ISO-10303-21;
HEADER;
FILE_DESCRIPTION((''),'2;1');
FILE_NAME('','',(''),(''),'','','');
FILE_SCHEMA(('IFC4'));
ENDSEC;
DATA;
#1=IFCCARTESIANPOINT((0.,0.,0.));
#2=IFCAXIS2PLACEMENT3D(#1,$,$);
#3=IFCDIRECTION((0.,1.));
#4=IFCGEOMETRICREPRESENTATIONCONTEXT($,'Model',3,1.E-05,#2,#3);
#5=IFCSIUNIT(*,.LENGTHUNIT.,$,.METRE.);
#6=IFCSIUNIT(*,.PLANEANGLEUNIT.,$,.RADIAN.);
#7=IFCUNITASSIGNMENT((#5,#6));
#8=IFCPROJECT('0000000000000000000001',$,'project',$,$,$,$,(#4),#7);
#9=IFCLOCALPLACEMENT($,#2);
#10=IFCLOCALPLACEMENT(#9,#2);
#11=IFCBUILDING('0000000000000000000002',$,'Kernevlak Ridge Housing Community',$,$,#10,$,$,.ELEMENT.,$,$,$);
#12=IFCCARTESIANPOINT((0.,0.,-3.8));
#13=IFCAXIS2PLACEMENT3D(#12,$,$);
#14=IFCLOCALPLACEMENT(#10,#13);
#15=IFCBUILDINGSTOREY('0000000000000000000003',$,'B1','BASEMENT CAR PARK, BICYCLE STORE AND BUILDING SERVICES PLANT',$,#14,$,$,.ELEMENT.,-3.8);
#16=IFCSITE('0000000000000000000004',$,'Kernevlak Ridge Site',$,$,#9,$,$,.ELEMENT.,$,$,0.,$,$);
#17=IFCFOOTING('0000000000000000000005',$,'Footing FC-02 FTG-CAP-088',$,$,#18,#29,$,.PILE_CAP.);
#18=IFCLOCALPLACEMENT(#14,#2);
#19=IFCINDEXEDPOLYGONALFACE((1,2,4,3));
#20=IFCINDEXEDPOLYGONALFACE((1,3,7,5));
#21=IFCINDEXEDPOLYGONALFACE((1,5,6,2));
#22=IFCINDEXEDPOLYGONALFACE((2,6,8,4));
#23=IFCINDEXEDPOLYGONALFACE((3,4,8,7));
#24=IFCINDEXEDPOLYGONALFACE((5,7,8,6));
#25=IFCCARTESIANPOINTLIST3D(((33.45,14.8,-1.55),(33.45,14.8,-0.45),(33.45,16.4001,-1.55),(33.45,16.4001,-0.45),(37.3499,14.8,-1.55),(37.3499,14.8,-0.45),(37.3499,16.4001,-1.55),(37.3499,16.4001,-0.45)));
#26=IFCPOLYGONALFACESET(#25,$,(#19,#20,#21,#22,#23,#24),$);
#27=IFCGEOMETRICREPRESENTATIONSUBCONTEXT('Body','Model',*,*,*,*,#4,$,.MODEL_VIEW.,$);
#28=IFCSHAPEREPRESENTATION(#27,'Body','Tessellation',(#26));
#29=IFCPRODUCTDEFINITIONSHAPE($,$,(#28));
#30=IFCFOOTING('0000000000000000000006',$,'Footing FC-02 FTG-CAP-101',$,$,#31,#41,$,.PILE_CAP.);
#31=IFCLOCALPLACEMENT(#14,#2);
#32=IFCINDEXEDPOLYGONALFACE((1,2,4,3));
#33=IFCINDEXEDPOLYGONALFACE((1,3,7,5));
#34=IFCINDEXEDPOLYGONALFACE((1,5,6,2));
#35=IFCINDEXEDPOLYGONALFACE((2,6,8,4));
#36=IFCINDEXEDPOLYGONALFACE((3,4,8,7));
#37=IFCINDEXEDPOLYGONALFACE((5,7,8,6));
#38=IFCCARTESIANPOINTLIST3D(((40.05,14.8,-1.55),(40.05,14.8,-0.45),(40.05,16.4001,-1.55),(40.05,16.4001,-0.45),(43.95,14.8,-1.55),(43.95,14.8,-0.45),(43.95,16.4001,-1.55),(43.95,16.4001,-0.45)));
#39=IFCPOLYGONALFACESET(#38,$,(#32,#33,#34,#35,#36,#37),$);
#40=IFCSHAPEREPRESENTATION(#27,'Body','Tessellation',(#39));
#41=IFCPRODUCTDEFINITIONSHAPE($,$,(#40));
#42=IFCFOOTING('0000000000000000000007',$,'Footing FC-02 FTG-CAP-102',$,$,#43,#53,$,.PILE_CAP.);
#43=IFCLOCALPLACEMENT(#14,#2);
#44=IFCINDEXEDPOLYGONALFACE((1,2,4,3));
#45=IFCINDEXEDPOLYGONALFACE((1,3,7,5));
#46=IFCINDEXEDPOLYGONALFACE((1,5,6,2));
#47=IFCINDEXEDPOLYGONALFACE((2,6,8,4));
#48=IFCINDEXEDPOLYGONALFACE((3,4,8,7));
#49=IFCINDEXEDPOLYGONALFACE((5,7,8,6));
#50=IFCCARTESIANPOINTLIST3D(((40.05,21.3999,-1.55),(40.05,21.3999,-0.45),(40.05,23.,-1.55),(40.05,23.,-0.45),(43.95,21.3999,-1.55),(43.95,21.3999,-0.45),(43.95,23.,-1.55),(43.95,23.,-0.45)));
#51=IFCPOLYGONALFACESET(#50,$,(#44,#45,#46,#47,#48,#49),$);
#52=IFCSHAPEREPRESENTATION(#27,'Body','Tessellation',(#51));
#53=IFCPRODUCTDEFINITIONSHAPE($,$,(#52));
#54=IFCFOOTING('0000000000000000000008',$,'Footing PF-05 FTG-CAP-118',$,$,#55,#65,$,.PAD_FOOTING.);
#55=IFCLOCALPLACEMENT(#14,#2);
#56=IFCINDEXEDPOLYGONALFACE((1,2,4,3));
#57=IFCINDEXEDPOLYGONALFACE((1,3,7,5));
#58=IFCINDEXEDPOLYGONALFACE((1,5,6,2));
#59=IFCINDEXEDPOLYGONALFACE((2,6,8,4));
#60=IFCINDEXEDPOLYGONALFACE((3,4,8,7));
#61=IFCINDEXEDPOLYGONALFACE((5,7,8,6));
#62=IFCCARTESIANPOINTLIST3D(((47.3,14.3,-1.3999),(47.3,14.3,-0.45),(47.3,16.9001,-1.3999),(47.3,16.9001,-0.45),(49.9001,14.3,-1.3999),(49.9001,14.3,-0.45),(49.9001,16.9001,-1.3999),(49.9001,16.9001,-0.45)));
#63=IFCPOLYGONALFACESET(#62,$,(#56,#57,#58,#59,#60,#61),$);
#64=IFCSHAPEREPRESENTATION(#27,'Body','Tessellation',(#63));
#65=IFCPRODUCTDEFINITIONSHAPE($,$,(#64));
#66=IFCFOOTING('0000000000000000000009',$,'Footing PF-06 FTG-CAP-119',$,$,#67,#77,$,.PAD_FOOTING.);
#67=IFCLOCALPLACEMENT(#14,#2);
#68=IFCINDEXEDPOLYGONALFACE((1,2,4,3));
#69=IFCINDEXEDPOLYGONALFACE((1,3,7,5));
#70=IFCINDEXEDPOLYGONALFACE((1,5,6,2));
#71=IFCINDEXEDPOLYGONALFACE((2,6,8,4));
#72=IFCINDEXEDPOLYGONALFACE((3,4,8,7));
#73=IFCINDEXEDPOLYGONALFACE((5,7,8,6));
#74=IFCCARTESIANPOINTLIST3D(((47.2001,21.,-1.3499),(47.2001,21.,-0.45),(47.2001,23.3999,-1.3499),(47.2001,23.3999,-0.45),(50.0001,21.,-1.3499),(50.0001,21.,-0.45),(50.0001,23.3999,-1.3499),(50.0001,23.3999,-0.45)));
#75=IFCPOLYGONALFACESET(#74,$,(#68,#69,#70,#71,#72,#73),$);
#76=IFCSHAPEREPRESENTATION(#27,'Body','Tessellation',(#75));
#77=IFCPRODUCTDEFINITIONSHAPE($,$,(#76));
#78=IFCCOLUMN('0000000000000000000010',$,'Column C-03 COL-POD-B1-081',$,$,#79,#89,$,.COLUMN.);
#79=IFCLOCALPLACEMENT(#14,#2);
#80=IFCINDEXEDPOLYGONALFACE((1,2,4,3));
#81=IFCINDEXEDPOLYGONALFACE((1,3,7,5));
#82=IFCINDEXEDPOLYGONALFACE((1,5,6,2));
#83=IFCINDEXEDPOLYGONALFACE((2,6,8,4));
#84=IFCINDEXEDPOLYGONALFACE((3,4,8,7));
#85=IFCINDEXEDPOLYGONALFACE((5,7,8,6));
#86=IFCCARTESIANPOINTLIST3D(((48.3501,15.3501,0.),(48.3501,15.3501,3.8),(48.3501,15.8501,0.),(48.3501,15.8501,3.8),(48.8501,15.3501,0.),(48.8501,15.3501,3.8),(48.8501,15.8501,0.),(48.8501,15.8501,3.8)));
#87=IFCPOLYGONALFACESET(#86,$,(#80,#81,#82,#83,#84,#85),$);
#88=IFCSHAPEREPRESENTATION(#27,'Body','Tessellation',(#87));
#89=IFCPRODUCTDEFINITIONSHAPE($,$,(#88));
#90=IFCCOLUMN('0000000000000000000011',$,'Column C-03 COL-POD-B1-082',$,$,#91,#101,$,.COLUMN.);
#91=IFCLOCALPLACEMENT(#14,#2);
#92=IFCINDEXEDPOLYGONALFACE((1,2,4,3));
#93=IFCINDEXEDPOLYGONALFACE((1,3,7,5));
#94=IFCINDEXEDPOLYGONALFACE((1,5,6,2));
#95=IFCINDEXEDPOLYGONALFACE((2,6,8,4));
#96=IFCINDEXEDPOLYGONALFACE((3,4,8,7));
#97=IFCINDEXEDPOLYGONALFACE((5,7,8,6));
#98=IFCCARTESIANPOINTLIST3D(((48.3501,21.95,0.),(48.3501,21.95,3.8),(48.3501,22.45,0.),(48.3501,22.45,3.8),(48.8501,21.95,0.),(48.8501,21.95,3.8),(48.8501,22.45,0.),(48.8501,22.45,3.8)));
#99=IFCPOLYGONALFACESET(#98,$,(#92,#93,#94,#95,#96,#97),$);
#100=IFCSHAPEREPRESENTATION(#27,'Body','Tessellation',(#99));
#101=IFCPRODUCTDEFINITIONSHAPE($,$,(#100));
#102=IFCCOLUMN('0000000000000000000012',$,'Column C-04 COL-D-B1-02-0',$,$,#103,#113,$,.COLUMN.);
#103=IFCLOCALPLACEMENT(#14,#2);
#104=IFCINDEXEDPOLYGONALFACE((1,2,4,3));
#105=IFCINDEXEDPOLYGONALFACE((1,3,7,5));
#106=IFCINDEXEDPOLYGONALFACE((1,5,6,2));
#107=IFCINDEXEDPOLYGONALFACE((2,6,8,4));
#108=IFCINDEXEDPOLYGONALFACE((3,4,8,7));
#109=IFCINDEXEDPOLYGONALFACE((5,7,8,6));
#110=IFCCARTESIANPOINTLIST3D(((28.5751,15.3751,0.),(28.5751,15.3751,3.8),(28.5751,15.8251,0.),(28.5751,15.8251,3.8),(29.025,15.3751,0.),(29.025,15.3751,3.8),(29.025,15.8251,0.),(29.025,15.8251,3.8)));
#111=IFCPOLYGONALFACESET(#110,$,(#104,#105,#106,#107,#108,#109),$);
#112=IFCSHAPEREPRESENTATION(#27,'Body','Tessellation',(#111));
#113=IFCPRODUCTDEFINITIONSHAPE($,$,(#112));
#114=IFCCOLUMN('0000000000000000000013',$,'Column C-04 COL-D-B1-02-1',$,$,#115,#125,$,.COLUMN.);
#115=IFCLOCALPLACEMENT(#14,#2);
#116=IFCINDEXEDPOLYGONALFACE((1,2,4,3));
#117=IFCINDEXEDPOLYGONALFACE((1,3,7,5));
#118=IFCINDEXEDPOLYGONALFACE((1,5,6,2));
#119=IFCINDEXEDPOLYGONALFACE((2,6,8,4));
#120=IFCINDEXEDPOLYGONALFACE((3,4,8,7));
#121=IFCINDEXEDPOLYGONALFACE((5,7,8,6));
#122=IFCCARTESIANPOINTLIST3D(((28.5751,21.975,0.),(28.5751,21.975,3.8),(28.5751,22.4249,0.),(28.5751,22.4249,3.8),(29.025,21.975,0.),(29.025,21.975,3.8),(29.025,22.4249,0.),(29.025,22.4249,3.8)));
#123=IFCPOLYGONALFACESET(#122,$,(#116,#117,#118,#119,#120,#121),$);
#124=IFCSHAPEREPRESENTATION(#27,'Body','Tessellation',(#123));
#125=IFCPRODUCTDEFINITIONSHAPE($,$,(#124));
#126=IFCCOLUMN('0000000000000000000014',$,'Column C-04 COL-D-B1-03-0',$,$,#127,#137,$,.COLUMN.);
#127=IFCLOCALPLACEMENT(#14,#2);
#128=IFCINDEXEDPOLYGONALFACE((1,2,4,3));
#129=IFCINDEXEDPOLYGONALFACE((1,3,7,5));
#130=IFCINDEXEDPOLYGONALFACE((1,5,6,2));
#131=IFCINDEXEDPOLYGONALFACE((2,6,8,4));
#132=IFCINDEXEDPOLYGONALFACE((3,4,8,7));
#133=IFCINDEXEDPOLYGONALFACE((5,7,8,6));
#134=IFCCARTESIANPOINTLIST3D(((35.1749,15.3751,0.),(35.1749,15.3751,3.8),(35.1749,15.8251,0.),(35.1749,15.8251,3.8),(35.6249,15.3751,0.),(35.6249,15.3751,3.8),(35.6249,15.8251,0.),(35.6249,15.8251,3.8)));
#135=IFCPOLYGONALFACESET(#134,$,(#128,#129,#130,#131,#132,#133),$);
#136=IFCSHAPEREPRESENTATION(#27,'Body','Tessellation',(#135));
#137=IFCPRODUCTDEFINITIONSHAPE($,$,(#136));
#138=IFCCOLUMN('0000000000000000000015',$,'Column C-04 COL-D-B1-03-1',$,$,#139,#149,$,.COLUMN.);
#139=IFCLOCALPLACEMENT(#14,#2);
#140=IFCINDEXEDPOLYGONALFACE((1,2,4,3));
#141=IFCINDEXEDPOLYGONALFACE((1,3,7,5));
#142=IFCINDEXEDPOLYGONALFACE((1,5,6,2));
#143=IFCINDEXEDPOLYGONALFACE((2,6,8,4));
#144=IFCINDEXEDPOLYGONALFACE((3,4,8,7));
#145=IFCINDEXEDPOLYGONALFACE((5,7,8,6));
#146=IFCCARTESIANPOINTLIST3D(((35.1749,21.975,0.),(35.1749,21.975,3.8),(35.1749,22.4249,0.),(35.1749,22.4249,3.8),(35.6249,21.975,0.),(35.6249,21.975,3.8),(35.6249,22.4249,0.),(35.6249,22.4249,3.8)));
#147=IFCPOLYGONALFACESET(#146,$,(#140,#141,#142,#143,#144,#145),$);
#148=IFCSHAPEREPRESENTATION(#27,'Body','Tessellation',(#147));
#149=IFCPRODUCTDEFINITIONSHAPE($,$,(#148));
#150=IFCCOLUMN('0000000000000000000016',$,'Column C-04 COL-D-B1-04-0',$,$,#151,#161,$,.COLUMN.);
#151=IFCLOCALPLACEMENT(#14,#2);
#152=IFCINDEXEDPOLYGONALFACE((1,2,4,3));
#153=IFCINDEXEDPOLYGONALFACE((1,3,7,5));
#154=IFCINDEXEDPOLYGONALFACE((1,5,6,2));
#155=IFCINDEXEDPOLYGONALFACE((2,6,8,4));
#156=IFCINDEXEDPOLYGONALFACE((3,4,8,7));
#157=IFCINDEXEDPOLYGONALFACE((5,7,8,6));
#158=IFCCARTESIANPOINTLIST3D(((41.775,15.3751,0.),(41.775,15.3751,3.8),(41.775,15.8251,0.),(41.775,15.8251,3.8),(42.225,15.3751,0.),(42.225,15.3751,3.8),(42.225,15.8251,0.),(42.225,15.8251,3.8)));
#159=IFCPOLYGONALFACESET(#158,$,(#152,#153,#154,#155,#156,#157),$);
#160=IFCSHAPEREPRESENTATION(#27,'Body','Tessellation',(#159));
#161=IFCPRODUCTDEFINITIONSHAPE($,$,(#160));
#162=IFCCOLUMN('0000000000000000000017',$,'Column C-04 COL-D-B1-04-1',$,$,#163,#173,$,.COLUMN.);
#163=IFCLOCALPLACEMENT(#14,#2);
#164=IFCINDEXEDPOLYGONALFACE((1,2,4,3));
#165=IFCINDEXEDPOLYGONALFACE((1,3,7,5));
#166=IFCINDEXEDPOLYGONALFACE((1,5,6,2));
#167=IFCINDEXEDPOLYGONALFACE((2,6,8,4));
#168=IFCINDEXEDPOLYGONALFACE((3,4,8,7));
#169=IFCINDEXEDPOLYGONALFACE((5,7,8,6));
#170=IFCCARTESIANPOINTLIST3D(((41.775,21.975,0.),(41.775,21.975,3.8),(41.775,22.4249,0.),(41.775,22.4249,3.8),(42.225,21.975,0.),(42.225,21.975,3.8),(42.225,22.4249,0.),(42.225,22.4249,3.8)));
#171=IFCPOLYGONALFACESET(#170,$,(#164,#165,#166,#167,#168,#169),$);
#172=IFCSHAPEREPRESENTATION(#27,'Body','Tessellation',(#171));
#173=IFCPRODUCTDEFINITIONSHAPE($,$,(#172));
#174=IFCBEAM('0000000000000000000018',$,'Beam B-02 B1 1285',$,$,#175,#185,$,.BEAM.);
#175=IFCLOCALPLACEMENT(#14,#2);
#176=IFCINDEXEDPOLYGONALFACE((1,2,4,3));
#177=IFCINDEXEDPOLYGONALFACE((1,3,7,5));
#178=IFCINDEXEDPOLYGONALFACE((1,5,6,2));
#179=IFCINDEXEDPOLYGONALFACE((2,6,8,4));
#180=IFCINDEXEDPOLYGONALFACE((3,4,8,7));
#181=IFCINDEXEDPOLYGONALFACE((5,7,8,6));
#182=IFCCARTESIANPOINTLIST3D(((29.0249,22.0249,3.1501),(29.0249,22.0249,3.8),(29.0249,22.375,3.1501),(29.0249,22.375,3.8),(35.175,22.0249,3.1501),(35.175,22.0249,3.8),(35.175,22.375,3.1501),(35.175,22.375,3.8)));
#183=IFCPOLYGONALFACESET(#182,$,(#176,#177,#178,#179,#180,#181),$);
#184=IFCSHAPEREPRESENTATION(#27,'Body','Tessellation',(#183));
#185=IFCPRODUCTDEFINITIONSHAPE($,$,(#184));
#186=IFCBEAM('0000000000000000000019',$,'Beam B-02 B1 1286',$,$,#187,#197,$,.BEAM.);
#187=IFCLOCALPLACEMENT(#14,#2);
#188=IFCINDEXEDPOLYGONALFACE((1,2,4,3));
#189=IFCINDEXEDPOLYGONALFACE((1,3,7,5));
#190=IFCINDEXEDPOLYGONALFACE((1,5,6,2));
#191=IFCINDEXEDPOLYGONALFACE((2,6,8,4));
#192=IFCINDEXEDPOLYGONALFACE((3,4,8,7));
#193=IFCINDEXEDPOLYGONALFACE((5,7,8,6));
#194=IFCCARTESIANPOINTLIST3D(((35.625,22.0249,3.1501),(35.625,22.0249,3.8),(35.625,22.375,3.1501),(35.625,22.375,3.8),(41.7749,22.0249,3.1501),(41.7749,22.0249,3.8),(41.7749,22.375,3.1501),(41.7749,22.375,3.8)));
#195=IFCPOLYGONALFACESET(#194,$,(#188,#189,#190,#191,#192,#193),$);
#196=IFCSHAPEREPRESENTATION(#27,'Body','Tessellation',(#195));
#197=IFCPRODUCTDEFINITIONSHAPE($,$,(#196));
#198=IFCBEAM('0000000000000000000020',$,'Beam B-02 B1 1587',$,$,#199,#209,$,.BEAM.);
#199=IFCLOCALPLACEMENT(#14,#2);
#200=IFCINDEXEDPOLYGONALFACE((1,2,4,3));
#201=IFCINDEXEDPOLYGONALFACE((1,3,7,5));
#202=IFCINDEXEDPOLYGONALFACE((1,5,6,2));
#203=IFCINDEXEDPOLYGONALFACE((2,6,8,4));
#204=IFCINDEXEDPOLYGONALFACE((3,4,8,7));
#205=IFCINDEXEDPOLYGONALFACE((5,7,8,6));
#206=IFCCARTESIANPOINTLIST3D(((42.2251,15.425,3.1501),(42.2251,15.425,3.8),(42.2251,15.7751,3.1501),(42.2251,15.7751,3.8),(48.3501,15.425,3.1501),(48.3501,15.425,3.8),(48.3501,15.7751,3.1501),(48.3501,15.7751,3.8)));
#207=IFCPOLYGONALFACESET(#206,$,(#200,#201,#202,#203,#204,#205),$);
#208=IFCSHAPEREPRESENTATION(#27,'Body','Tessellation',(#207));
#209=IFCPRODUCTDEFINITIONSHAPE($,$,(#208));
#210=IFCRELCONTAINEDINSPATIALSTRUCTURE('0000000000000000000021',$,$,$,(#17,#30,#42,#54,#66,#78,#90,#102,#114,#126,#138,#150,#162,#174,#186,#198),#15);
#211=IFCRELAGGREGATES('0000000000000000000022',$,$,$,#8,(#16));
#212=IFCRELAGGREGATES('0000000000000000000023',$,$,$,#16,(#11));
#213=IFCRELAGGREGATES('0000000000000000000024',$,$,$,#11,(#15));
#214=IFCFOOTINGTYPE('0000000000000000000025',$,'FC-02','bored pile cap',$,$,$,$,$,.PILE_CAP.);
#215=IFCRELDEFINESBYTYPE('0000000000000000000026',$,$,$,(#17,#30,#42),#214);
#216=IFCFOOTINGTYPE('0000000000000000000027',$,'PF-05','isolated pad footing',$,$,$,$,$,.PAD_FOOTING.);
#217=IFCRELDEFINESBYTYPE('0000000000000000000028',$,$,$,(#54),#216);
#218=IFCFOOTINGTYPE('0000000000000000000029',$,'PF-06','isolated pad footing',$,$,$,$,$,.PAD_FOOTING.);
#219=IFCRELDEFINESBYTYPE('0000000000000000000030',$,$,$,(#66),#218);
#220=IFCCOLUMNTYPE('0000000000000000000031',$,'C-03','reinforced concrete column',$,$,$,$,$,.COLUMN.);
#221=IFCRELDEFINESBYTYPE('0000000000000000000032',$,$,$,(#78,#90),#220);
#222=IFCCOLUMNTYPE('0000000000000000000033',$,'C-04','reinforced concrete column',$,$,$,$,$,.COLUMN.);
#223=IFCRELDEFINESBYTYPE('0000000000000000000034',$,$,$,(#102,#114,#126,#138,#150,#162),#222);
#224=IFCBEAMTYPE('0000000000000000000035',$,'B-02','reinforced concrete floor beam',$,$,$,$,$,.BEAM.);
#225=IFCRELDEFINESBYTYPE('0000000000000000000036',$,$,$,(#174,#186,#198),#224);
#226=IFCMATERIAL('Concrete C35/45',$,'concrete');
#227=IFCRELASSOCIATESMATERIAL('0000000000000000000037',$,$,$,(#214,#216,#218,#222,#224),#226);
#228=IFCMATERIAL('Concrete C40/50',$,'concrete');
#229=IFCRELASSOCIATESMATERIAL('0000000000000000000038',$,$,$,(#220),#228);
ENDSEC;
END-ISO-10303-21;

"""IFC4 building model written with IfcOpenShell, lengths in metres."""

from ifc_helpers import new_model, si_unit, direction, frame, origin, origin_2d, place, context, subcontext, project, spatial, rectangle, extrude, material, material_profile, profile_set, type_object, element, save


model = new_model("IFC4")

# Units and contexts
model_context = context("Model", 3, precision=1e-05, world=origin(), true_north=direction((0.0, 1.0)))
body_context = subcontext(model_context, "Body", "Model", "MODEL_VIEW")
ifc_project = project(units=[si_unit("LENGTHUNIT", "METRE"), si_unit("PLANEANGLEUNIT", "RADIAN")], contexts=[model_context])

# Site, building, storey
site_placement = place(None, origin())
site = spatial("IfcSite", under=ifc_project, at=site_placement, Name="Kernevlak Ridge Site", CompositionType="ELEMENT", RefElevation=0.0)
building_placement = place(site_placement, origin())
building = spatial("IfcBuilding", under=site, at=building_placement, Name="Kernevlak Ridge Housing Community", CompositionType="ELEMENT")
storey_placement = place(building_placement, frame((0.0, 0.0, -3.8)))
storey = spatial("IfcBuildingStorey", under=building, at=storey_placement, Name="B1", Description="BASEMENT CAR PARK, BICYCLE STORE AND BUILDING SERVICES PLANT", CompositionType="ELEMENT", Elevation=-3.8)

# Shared definitions
ifc_material_1 = material(Name="Concrete C35/45", Category="concrete")

# Footings
footing_type_1 = type_object("IfcFootingType", Name="FC-02", Description="bored pile cap", PredefinedType="PILE_CAP", material=ifc_material_1)
for number, where, z_axis, x_axis, name in (
    (1, (35.3999, 15.6001, -1.55), (0.0, 0.0, 1.0), (1.0, 0.0, 0.0), "Footing FC-02 FTG-CAP-088"),
    (2, (42.0, 15.6001, -1.55), (0.0, 0.0, 1.0), (1.0, 0.0, 0.0), "Footing FC-02 FTG-CAP-101"),
    (3, (42.0, 22.2, -1.55), (0.0, 0.0, 1.0), (1.0, 0.0, 0.0), "Footing FC-02 FTG-CAP-102"),
):
    element("IfcFooting", number, at=place(storey_placement, frame(where, z_axis=z_axis, x_axis=x_axis)), inside=storey, type_object=footing_type_1, Name=name, PredefinedType="PILE_CAP", context=body_context, shape_type="SweptSolid", body=[
        extrude(rectangle(XDim=3.8999, YDim=1.6001, at=origin_2d()), origin(), (0.0, 0.0, 1.0), 1.1001),
    ])
footing_type_2 = type_object("IfcFootingType", Name="PF-05", Description="isolated pad footing", PredefinedType="PAD_FOOTING", material=ifc_material_1)
footing_1_placement = place(storey_placement, frame((48.6001, 15.6001, -1.3999), z_axis=(0.0, 0.0, 1.0), x_axis=(1.0, 0.0, 0.0)))
element("IfcFooting", 4, at=footing_1_placement, inside=storey, type_object=footing_type_2, Name="Footing PF-05 FTG-CAP-118", PredefinedType="PAD_FOOTING", context=body_context, shape_type="SweptSolid", body=[
    extrude(rectangle(XDim=2.6001, YDim=2.6001, at=origin_2d()), origin(), (0.0, 0.0, 1.0), 0.95),
])
footing_type_3 = type_object("IfcFootingType", Name="PF-06", Description="isolated pad footing", PredefinedType="PAD_FOOTING", material=ifc_material_1)
footing_2_placement = place(storey_placement, frame((48.6001, 22.2, -1.3499), z_axis=(0.0, 0.0, 1.0), x_axis=(1.0, 0.0, 0.0)))
element("IfcFooting", 5, at=footing_2_placement, inside=storey, type_object=footing_type_3, Name="Footing PF-06 FTG-CAP-119", PredefinedType="PAD_FOOTING", context=body_context, shape_type="SweptSolid", body=[
    extrude(rectangle(XDim=2.8, YDim=2.3999, at=origin_2d()), origin(), (0.0, 0.0, 1.0), 0.8999),
])

# Columns
ifc_material_2 = material(Name="Concrete C40/50", Category="concrete")
ifc_material_profile_1 = material_profile(ifc_material_2, rectangle(XDim=0.5, YDim=0.5, at=origin_2d()), Name="RC 500x500")
ifc_profile_set_1 = profile_set([ifc_material_profile_1], Name="Concrete C40/50")
column_type_1 = type_object("IfcColumnType", Name="C-03", Description="reinforced concrete column", PredefinedType="COLUMN", material=ifc_profile_set_1)
for number, where, z_axis, x_axis, name in (
    (6, (48.6001, 15.6001, 0.0), (0.0, 0.0, 1.0), (1.0, 0.0, 0.0), "Column C-03 COL-POD-B1-081"),
    (7, (48.6001, 22.2, 0.0), (0.0, 0.0, 1.0), (1.0, 0.0, 0.0), "Column C-03 COL-POD-B1-082"),
):
    element("IfcColumn", number, at=place(storey_placement, frame(where, z_axis=z_axis, x_axis=x_axis)), inside=storey, type_object=column_type_1, Name=name, PredefinedType="COLUMN", context=body_context, shape_type="SweptSolid", body=[
        extrude(rectangle(XDim=0.5, YDim=0.5, at=origin_2d()), origin(), (0.0, 0.0, 1.0), 3.8),
    ])
ifc_material_profile_2 = material_profile(ifc_material_1, rectangle(XDim=0.45, YDim=0.45, at=origin_2d()), Name="RC 450x450")
ifc_profile_set_2 = profile_set([ifc_material_profile_2], Name="Concrete C35/45")
column_type_2 = type_object("IfcColumnType", Name="C-04", Description="reinforced concrete column", PredefinedType="COLUMN", material=ifc_profile_set_2)
for number, where, z_axis, x_axis, name in (
    (8, (28.8, 15.6001, 0.0), (0.0, 0.0, 1.0), (1.0, 0.0, 0.0), "Column C-04 COL-D-B1-02-0"),
    (9, (28.8, 22.2, 0.0), (0.0, 0.0, 1.0), (1.0, 0.0, 0.0), "Column C-04 COL-D-B1-02-1"),
    (10, (35.3999, 15.6001, 0.0), (0.0, 0.0, 1.0), (1.0, 0.0, 0.0), "Column C-04 COL-D-B1-03-0"),
    (11, (35.3999, 22.2, 0.0), (0.0, 0.0, 1.0), (1.0, 0.0, 0.0), "Column C-04 COL-D-B1-03-1"),
    (12, (42.0, 15.6001, 0.0), (0.0, 0.0, 1.0), (1.0, 0.0, 0.0), "Column C-04 COL-D-B1-04-0"),
    (13, (42.0, 22.2, 0.0), (0.0, 0.0, 1.0), (1.0, 0.0, 0.0), "Column C-04 COL-D-B1-04-1"),
):
    element("IfcColumn", number, at=place(storey_placement, frame(where, z_axis=z_axis, x_axis=x_axis)), inside=storey, type_object=column_type_2, Name=name, PredefinedType="COLUMN", context=body_context, shape_type="SweptSolid", body=[
        extrude(rectangle(XDim=0.45, YDim=0.45, at=origin_2d()), origin(), (0.0, 0.0, 1.0), 3.8),
    ])

# Beams
ifc_material_profile_3 = material_profile(ifc_material_1, rectangle(XDim=0.3501, YDim=0.6499, at=origin_2d()), Name="RC 350x650")
ifc_profile_set_3 = profile_set([ifc_material_profile_3], Name="Concrete C35/45")
beam_type_1 = type_object("IfcBeamType", Name="B-02", Description="reinforced concrete floor beam", PredefinedType="BEAM", material=ifc_profile_set_3)
beam_1_placement = place(storey_placement, frame((29.0249, 22.2, 3.4751), z_axis=(1.0, 0.0, 0.0), x_axis=(0.0, 1.0, 0.0)))
element("IfcBeam", 14, at=beam_1_placement, inside=storey, type_object=beam_type_1, Name="Beam B-02 B1 1285", PredefinedType="BEAM", context=body_context, shape_type="SweptSolid", body=[
    extrude(rectangle(XDim=0.3501, YDim=0.6499, at=origin_2d()), origin(), (0.0, 0.0, 1.0), 6.1501),
])
beam_2_placement = place(storey_placement, frame((35.625, 22.2, 3.4751), z_axis=(1.0, 0.0, 0.0), x_axis=(0.0, 1.0, 0.0)))
element("IfcBeam", 15, at=beam_2_placement, inside=storey, type_object=beam_type_1, Name="Beam B-02 B1 1286", PredefinedType="BEAM", context=body_context, shape_type="SweptSolid", body=[
    extrude(rectangle(XDim=0.3501, YDim=0.6499, at=origin_2d()), origin(), (0.0, 0.0, 1.0), 6.1499),
])
for number, where, z_axis, x_axis, name in (
    (16, (42.2251, 15.6001, 3.4751), (1.0, 0.0, 0.0), (0.0, 1.0, 0.0), "Beam B-02 B1 1587"),
):
    element("IfcBeam", number, at=place(storey_placement, frame(where, z_axis=z_axis, x_axis=x_axis)), inside=storey, type_object=beam_type_1, Name=name, PredefinedType="BEAM", context=body_context, shape_type="SweptSolid", body=[
        extrude(rectangle(XDim=0.3501, YDim=0.6499, at=origin_2d()), origin(), (0.0, 0.0, 1.0), 6.125),
    ])

save(model, "model.ifc")
